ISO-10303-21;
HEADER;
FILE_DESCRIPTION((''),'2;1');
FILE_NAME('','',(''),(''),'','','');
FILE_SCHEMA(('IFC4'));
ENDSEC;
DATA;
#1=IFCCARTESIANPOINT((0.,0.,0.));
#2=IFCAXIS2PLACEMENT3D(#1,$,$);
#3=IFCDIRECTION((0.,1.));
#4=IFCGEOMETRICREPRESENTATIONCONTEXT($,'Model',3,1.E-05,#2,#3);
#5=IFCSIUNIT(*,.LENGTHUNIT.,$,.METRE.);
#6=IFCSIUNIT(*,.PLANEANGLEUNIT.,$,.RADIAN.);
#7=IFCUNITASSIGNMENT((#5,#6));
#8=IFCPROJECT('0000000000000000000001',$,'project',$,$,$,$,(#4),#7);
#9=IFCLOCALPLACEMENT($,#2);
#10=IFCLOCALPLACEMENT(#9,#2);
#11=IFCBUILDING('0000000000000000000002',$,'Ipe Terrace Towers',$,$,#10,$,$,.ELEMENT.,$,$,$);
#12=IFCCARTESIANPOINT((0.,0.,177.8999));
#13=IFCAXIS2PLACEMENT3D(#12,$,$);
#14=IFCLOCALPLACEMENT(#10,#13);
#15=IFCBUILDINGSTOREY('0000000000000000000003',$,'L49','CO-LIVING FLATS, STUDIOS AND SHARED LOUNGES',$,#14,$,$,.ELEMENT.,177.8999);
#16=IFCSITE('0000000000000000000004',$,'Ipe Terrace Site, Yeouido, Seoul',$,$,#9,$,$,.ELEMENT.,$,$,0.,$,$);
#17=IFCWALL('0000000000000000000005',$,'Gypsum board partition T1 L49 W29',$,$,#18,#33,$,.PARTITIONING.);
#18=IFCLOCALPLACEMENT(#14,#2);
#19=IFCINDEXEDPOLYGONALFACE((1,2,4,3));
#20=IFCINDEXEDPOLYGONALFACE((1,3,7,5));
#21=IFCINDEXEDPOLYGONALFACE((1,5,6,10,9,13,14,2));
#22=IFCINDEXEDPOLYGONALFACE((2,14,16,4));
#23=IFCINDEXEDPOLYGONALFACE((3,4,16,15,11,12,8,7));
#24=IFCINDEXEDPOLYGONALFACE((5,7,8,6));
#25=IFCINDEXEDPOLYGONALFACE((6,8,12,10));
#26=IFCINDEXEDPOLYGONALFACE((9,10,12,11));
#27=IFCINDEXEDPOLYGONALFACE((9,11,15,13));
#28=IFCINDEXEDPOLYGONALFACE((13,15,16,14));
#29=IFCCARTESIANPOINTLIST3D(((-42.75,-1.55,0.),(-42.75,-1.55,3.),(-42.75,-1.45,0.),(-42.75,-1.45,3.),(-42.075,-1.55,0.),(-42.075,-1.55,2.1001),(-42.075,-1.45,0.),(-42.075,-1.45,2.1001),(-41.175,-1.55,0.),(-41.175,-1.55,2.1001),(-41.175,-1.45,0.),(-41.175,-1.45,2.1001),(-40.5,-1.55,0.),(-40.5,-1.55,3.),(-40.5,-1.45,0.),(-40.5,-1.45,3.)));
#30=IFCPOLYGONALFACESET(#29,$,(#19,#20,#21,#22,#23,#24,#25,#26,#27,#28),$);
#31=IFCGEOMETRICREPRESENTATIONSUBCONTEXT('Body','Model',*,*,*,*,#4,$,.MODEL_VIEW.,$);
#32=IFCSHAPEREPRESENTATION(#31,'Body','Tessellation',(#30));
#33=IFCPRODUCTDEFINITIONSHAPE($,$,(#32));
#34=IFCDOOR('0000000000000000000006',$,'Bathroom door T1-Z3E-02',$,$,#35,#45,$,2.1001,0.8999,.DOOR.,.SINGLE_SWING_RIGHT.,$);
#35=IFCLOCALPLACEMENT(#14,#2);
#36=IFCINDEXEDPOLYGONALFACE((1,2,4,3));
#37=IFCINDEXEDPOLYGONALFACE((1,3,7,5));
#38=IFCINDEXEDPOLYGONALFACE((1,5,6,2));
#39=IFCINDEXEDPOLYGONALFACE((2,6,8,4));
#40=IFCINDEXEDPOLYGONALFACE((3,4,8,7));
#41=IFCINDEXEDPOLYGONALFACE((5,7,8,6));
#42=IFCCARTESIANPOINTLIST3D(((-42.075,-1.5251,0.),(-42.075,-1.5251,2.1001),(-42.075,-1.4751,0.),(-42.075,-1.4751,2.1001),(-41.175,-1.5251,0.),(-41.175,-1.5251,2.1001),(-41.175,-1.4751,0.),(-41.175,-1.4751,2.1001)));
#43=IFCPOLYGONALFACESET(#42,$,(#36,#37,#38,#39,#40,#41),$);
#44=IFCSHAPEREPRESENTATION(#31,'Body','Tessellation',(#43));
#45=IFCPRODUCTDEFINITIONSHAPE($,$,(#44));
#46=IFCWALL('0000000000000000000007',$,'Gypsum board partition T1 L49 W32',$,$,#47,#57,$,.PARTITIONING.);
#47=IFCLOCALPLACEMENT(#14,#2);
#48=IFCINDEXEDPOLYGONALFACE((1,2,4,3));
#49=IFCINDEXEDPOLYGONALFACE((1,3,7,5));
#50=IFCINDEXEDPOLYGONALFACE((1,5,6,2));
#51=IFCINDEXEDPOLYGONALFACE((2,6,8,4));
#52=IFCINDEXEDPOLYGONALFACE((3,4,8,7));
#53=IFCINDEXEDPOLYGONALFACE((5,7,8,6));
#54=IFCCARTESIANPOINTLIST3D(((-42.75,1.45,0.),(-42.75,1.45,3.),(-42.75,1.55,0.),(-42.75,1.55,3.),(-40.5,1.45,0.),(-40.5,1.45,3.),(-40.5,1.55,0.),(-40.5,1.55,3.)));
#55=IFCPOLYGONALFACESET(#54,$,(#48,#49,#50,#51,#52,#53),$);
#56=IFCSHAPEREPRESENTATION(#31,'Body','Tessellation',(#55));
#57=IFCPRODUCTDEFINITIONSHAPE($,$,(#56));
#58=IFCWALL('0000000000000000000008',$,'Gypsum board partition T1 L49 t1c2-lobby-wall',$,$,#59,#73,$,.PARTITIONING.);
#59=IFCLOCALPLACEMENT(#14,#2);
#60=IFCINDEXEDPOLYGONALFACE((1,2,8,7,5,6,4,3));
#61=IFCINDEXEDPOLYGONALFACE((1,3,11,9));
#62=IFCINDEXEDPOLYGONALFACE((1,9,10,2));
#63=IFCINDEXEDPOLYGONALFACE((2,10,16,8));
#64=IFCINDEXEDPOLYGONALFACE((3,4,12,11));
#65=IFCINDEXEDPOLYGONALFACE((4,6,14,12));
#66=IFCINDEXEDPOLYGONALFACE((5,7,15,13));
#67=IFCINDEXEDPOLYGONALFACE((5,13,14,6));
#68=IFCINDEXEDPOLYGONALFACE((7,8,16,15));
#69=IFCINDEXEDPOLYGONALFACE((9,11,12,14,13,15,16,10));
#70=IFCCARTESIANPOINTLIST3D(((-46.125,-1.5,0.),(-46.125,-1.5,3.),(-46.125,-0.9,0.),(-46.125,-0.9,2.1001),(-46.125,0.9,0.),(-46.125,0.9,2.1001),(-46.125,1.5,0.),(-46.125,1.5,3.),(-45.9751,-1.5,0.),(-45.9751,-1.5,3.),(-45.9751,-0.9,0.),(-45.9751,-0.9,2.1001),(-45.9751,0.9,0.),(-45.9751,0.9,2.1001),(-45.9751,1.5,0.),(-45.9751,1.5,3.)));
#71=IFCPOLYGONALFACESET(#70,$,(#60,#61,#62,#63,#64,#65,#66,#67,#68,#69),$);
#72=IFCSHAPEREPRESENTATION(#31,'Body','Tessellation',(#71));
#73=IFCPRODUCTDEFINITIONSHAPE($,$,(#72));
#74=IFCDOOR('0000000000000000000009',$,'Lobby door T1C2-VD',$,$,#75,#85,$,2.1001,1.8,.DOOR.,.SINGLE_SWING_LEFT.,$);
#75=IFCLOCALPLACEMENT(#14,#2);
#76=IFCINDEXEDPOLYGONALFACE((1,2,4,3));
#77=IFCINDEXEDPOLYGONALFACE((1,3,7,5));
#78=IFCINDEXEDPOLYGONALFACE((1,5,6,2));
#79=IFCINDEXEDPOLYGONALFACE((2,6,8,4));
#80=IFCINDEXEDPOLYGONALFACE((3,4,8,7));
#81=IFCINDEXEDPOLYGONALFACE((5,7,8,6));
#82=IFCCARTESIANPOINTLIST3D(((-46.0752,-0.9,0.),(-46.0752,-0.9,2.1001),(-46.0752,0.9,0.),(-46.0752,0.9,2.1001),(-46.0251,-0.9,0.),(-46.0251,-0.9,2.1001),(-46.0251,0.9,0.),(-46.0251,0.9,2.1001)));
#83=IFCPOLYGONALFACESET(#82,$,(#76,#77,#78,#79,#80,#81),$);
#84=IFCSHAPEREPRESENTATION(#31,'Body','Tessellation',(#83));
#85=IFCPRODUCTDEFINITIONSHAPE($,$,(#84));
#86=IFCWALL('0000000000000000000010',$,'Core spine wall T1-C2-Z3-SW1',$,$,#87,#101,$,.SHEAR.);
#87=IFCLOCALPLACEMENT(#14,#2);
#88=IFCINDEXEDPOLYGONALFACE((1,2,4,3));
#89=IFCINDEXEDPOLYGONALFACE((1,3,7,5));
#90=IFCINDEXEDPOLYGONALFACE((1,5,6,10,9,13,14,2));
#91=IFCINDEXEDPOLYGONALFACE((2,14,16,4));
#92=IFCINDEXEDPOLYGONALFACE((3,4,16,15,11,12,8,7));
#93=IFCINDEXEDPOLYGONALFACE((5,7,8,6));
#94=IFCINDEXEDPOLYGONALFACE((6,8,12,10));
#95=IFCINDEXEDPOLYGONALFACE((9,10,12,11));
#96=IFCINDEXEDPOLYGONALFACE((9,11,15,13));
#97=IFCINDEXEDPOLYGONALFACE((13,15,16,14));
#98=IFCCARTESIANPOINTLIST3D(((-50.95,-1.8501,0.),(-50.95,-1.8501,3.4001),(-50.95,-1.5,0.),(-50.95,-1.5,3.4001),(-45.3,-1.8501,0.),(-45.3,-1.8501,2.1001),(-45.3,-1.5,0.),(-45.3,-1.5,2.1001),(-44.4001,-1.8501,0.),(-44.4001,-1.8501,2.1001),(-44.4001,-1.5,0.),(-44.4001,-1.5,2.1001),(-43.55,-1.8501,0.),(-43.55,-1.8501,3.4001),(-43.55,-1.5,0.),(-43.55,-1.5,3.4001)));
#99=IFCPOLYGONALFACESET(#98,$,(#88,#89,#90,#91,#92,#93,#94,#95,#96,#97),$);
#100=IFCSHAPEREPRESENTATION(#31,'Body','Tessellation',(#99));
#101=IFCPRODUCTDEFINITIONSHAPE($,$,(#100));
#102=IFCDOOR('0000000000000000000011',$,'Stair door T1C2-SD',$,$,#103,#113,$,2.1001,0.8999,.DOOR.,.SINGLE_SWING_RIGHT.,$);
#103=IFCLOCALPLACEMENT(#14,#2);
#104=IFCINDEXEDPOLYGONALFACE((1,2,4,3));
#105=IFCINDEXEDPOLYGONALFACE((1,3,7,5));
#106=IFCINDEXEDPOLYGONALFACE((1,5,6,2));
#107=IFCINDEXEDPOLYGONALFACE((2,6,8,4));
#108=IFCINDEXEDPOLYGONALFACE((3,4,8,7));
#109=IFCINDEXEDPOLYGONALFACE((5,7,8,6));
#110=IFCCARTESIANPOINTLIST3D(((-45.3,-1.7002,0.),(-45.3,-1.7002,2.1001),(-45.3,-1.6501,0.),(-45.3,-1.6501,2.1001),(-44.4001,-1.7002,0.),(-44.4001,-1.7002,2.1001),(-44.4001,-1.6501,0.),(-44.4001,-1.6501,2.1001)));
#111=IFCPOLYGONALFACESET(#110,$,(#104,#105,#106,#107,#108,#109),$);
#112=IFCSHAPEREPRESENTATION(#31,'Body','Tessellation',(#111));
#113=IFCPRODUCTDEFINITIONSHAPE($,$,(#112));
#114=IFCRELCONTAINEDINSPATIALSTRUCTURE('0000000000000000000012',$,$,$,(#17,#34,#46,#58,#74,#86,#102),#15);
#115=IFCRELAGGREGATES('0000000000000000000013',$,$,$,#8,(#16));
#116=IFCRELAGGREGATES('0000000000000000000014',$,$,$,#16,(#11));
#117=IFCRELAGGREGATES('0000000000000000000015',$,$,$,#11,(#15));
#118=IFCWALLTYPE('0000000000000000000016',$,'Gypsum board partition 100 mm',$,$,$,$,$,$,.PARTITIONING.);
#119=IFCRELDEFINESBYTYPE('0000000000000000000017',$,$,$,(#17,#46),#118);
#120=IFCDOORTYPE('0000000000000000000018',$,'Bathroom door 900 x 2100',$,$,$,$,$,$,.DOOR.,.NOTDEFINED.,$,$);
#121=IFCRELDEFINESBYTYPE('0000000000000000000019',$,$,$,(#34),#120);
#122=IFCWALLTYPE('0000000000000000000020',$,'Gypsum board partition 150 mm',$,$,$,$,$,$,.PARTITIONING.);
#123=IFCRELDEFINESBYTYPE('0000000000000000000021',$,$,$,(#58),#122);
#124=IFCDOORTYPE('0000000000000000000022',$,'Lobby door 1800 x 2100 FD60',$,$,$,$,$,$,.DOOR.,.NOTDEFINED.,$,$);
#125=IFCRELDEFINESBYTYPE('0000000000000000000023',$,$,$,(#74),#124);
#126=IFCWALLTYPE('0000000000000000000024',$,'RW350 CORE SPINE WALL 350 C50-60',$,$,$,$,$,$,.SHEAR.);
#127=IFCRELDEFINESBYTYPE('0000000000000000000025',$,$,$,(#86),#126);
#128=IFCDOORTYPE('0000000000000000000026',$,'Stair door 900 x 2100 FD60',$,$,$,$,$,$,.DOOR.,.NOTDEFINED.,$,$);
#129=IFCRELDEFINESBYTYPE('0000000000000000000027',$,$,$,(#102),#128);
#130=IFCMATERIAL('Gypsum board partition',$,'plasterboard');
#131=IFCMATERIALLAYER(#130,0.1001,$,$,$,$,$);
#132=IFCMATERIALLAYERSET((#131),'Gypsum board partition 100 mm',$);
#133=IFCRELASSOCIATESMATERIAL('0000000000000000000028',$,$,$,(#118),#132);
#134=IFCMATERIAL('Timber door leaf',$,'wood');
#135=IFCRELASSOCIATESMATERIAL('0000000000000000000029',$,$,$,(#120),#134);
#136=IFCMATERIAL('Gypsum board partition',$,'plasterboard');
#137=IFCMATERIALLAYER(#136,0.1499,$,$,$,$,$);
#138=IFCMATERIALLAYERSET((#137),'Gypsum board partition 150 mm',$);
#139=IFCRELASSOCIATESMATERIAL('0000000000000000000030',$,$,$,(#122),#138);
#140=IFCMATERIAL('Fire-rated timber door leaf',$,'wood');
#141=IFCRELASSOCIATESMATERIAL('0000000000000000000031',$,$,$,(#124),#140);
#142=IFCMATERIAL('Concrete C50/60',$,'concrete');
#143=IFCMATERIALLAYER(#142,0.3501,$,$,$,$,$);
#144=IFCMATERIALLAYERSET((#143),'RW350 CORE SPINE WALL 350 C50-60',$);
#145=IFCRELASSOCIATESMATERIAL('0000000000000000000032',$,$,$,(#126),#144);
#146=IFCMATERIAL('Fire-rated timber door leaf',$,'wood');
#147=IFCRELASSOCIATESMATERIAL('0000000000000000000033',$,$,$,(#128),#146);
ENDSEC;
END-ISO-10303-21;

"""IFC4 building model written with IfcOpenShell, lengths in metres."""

from ifc_helpers import new_model, si_unit, direction, frame, frame_2d, origin, place, context, subcontext, project, spatial, rectangle, extrude, material, layer, layer_set, type_object, element, fill, save


model = new_model("IFC4")

# Units and contexts
model_context = context("Model", 3, precision=1e-05, world=origin(), true_north=direction((0.0, 1.0)))
body_context = subcontext(model_context, "Body", "Model", "MODEL_VIEW")
ifc_project = project(units=[si_unit("LENGTHUNIT", "METRE"), si_unit("PLANEANGLEUNIT", "RADIAN")], contexts=[model_context])

# Site, building, storey
site_placement = place(None, origin())
site = spatial("IfcSite", under=ifc_project, at=site_placement, Name="Ipe Terrace Site, Yeouido, Seoul", CompositionType="ELEMENT", RefElevation=0.0)
building_placement = place(site_placement, origin())
building = spatial("IfcBuilding", under=site, at=building_placement, Name="Ipe Terrace Towers", CompositionType="ELEMENT")
storey_placement = place(building_placement, frame((0.0, 0.0, 177.8999)))
storey = spatial("IfcBuildingStorey", under=building, at=storey_placement, Name="L49", Description="CO-LIVING FLATS, STUDIOS AND SHARED LOUNGES", CompositionType="ELEMENT", Elevation=177.8999)

# Wall, opening, door
ifc_material_1 = material(Name="Gypsum board partition", Category="plasterboard")
ifc_layer_1 = layer(ifc_material_1, 0.1001)
ifc_layer_set_1 = layer_set([ifc_layer_1], Name="Gypsum board partition 100 mm")
wall_type_1 = type_object("IfcWallType", Name="Gypsum board partition 100 mm", PredefinedType="PARTITIONING", material=ifc_layer_set_1)
wall_1_placement = place(storey_placement, frame((-42.75, -1.5, 0.0), z_axis=(0.0, 0.0, 1.0), x_axis=(1.0, 0.0, 0.0)))
wall_1 = element("IfcWall", 1, at=wall_1_placement, inside=storey, type_object=wall_type_1, Name="Gypsum board partition T1 L49 W29", PredefinedType="PARTITIONING", context=body_context, shape_type="SweptSolid", body=[
    extrude(rectangle(XDim=2.25, YDim=0.1001, at=frame_2d((1.125, 0.0))), origin(), (0.0, 0.0, 1.0), 3.0),
])
opening_1_placement = place(wall_1_placement, frame((0.675, 0.0, 0.0)))
opening_1 = element("IfcOpeningElement", 2, at=opening_1_placement, cuts=wall_1, PredefinedType="OPENING", context=body_context, shape_type="SweptSolid", body=[
    extrude(rectangle(XDim=0.8999, YDim=2.1001, at=frame_2d((0.45, 1.05))), frame((0.0, 0.0601, 0.0), z_axis=(0.0, -1.0, 0.0), x_axis=(1.0, 0.0, 0.0)), (0.0, 0.0, 1.0), 0.1201),
])
ifc_material_2 = material(Name="Timber door leaf", Category="wood")
door_type_1 = type_object("IfcDoorType", Name="Bathroom door 900 x 2100", OperationType="NOTDEFINED", PredefinedType="DOOR", material=ifc_material_2)
door_1_placement = place(opening_1_placement, origin())
door_1 = element("IfcDoor", 3, at=door_1_placement, inside=storey, type_object=door_type_1, Name="Bathroom door T1-Z3E-02", OperationType="SINGLE_SWING_RIGHT", OverallHeight=2.1001, OverallWidth=0.8999, PredefinedType="DOOR", context=body_context, shape_type="SweptSolid", body=[
    extrude(rectangle(XDim=0.8999, YDim=2.1001, at=frame_2d((0.45, 1.05))), frame((0.0, 0.0249, 0.0), z_axis=(0.0, -1.0, 0.0), x_axis=(1.0, 0.0, 0.0)), (0.0, 0.0, 1.0), 0.05),
])
fill(opening_1, door_1)

# Wall
wall_2_placement = place(storey_placement, frame((-42.75, 1.5, 0.0), z_axis=(0.0, 0.0, 1.0), x_axis=(1.0, 0.0, 0.0)))
element("IfcWall", 4, at=wall_2_placement, inside=storey, type_object=wall_type_1, Name="Gypsum board partition T1 L49 W32", PredefinedType="PARTITIONING", context=body_context, shape_type="SweptSolid", body=[
    extrude(rectangle(XDim=2.25, YDim=0.1001, at=frame_2d((1.125, 0.0))), origin(), (0.0, 0.0, 1.0), 3.0),
])

# Walls, openings, doors
ifc_material_3 = material(Name="Gypsum board partition", Category="plasterboard")
ifc_layer_2 = layer(ifc_material_3, 0.1499)
ifc_layer_set_2 = layer_set([ifc_layer_2], Name="Gypsum board partition 150 mm")
wall_type_2 = type_object("IfcWallType", Name="Gypsum board partition 150 mm", PredefinedType="PARTITIONING", material=ifc_layer_set_2)
wall_3_placement = place(storey_placement, frame((-46.05, 1.5, 0.0), z_axis=(0.0, 0.0, 1.0), x_axis=(0.0, -1.0, 0.0)))
wall_3 = element("IfcWall", 5, at=wall_3_placement, inside=storey, type_object=wall_type_2, Name="Gypsum board partition T1 L49 t1c2-lobby-wall", PredefinedType="PARTITIONING", context=body_context, shape_type="SweptSolid", body=[
    extrude(rectangle(XDim=3.0, YDim=0.1499, at=frame_2d((1.5, 0.0))), origin(), (0.0, 0.0, 1.0), 3.0),
])
opening_2_placement = place(wall_3_placement, frame((0.6001, 0.0, 0.0)))
opening_2 = element("IfcOpeningElement", 6, at=opening_2_placement, cuts=wall_3, PredefinedType="OPENING", context=body_context, shape_type="SweptSolid", body=[
    extrude(rectangle(XDim=1.8, YDim=2.1001, at=frame_2d((0.8999, 1.05))), frame((0.0, 0.085, 0.0), z_axis=(0.0, -1.0, 0.0), x_axis=(1.0, 0.0, 0.0)), (0.0, 0.0, 1.0), 0.1699),
])
ifc_material_4 = material(Name="Fire-rated timber door leaf", Category="wood")
door_type_2 = type_object("IfcDoorType", Name="Lobby door 1800 x 2100 FD60", OperationType="NOTDEFINED", PredefinedType="DOOR", material=ifc_material_4)
door_2_placement = place(opening_2_placement, origin())
door_2 = element("IfcDoor", 7, at=door_2_placement, inside=storey, type_object=door_type_2, Name="Lobby door T1C2-VD", OperationType="SINGLE_SWING_LEFT", OverallHeight=2.1001, OverallWidth=1.8, PredefinedType="DOOR", context=body_context, shape_type="SweptSolid", body=[
    extrude(rectangle(XDim=1.8, YDim=2.1001, at=frame_2d((0.8999, 1.05))), frame((0.0, 0.0249, 0.0), z_axis=(0.0, -1.0, 0.0), x_axis=(1.0, 0.0, 0.0)), (0.0, 0.0, 1.0), 0.05),
])
fill(opening_2, door_2)
ifc_material_5 = material(Name="Concrete C50/60", Category="concrete")
ifc_layer_3 = layer(ifc_material_5, 0.3501)
ifc_layer_set_3 = layer_set([ifc_layer_3], Name="RW350 CORE SPINE WALL 350 C50-60")
wall_type_3 = type_object("IfcWallType", Name="RW350 CORE SPINE WALL 350 C50-60", PredefinedType="SHEAR", material=ifc_layer_set_3)
wall_4_placement = place(storey_placement, frame((-50.95, -1.675, 0.0), z_axis=(0.0, 0.0, 1.0), x_axis=(1.0, 0.0, 0.0)))
wall_4 = element("IfcWall", 8, at=wall_4_placement, inside=storey, type_object=wall_type_3, Name="Core spine wall T1-C2-Z3-SW1", PredefinedType="SHEAR", context=body_context, shape_type="SweptSolid", body=[
    extrude(rectangle(XDim=7.3999, YDim=0.3501, at=frame_2d((3.7, 0.0))), origin(), (0.0, 0.0, 1.0), 3.4001),
])
opening_3_placement = place(wall_4_placement, frame((5.6499, 0.0, 0.0)))
opening_3 = element("IfcOpeningElement", 9, at=opening_3_placement, cuts=wall_4, PredefinedType="OPENING", context=body_context, shape_type="SweptSolid", body=[
    extrude(rectangle(XDim=0.8999, YDim=2.1001, at=frame_2d((0.45, 1.05))), frame((0.0, 0.1851, 0.0), z_axis=(0.0, -1.0, 0.0), x_axis=(1.0, 0.0, 0.0)), (0.0, 0.0, 1.0), 0.3701),
])
ifc_material_6 = material(Name="Fire-rated timber door leaf", Category="wood")
door_type_3 = type_object("IfcDoorType", Name="Stair door 900 x 2100 FD60", OperationType="NOTDEFINED", PredefinedType="DOOR", material=ifc_material_6)
door_3_placement = place(opening_3_placement, origin())
door_3 = element("IfcDoor", 10, at=door_3_placement, inside=storey, type_object=door_type_3, Name="Stair door T1C2-SD", OperationType="SINGLE_SWING_RIGHT", OverallHeight=2.1001, OverallWidth=0.8999, PredefinedType="DOOR", context=body_context, shape_type="SweptSolid", body=[
    extrude(rectangle(XDim=0.8999, YDim=2.1001, at=frame_2d((0.45, 1.05))), frame((0.0, 0.0249, 0.0), z_axis=(0.0, -1.0, 0.0), x_axis=(1.0, 0.0, 0.0)), (0.0, 0.0, 1.0), 0.05),
])
fill(opening_3, door_3)

save(model, "model.ifc")
